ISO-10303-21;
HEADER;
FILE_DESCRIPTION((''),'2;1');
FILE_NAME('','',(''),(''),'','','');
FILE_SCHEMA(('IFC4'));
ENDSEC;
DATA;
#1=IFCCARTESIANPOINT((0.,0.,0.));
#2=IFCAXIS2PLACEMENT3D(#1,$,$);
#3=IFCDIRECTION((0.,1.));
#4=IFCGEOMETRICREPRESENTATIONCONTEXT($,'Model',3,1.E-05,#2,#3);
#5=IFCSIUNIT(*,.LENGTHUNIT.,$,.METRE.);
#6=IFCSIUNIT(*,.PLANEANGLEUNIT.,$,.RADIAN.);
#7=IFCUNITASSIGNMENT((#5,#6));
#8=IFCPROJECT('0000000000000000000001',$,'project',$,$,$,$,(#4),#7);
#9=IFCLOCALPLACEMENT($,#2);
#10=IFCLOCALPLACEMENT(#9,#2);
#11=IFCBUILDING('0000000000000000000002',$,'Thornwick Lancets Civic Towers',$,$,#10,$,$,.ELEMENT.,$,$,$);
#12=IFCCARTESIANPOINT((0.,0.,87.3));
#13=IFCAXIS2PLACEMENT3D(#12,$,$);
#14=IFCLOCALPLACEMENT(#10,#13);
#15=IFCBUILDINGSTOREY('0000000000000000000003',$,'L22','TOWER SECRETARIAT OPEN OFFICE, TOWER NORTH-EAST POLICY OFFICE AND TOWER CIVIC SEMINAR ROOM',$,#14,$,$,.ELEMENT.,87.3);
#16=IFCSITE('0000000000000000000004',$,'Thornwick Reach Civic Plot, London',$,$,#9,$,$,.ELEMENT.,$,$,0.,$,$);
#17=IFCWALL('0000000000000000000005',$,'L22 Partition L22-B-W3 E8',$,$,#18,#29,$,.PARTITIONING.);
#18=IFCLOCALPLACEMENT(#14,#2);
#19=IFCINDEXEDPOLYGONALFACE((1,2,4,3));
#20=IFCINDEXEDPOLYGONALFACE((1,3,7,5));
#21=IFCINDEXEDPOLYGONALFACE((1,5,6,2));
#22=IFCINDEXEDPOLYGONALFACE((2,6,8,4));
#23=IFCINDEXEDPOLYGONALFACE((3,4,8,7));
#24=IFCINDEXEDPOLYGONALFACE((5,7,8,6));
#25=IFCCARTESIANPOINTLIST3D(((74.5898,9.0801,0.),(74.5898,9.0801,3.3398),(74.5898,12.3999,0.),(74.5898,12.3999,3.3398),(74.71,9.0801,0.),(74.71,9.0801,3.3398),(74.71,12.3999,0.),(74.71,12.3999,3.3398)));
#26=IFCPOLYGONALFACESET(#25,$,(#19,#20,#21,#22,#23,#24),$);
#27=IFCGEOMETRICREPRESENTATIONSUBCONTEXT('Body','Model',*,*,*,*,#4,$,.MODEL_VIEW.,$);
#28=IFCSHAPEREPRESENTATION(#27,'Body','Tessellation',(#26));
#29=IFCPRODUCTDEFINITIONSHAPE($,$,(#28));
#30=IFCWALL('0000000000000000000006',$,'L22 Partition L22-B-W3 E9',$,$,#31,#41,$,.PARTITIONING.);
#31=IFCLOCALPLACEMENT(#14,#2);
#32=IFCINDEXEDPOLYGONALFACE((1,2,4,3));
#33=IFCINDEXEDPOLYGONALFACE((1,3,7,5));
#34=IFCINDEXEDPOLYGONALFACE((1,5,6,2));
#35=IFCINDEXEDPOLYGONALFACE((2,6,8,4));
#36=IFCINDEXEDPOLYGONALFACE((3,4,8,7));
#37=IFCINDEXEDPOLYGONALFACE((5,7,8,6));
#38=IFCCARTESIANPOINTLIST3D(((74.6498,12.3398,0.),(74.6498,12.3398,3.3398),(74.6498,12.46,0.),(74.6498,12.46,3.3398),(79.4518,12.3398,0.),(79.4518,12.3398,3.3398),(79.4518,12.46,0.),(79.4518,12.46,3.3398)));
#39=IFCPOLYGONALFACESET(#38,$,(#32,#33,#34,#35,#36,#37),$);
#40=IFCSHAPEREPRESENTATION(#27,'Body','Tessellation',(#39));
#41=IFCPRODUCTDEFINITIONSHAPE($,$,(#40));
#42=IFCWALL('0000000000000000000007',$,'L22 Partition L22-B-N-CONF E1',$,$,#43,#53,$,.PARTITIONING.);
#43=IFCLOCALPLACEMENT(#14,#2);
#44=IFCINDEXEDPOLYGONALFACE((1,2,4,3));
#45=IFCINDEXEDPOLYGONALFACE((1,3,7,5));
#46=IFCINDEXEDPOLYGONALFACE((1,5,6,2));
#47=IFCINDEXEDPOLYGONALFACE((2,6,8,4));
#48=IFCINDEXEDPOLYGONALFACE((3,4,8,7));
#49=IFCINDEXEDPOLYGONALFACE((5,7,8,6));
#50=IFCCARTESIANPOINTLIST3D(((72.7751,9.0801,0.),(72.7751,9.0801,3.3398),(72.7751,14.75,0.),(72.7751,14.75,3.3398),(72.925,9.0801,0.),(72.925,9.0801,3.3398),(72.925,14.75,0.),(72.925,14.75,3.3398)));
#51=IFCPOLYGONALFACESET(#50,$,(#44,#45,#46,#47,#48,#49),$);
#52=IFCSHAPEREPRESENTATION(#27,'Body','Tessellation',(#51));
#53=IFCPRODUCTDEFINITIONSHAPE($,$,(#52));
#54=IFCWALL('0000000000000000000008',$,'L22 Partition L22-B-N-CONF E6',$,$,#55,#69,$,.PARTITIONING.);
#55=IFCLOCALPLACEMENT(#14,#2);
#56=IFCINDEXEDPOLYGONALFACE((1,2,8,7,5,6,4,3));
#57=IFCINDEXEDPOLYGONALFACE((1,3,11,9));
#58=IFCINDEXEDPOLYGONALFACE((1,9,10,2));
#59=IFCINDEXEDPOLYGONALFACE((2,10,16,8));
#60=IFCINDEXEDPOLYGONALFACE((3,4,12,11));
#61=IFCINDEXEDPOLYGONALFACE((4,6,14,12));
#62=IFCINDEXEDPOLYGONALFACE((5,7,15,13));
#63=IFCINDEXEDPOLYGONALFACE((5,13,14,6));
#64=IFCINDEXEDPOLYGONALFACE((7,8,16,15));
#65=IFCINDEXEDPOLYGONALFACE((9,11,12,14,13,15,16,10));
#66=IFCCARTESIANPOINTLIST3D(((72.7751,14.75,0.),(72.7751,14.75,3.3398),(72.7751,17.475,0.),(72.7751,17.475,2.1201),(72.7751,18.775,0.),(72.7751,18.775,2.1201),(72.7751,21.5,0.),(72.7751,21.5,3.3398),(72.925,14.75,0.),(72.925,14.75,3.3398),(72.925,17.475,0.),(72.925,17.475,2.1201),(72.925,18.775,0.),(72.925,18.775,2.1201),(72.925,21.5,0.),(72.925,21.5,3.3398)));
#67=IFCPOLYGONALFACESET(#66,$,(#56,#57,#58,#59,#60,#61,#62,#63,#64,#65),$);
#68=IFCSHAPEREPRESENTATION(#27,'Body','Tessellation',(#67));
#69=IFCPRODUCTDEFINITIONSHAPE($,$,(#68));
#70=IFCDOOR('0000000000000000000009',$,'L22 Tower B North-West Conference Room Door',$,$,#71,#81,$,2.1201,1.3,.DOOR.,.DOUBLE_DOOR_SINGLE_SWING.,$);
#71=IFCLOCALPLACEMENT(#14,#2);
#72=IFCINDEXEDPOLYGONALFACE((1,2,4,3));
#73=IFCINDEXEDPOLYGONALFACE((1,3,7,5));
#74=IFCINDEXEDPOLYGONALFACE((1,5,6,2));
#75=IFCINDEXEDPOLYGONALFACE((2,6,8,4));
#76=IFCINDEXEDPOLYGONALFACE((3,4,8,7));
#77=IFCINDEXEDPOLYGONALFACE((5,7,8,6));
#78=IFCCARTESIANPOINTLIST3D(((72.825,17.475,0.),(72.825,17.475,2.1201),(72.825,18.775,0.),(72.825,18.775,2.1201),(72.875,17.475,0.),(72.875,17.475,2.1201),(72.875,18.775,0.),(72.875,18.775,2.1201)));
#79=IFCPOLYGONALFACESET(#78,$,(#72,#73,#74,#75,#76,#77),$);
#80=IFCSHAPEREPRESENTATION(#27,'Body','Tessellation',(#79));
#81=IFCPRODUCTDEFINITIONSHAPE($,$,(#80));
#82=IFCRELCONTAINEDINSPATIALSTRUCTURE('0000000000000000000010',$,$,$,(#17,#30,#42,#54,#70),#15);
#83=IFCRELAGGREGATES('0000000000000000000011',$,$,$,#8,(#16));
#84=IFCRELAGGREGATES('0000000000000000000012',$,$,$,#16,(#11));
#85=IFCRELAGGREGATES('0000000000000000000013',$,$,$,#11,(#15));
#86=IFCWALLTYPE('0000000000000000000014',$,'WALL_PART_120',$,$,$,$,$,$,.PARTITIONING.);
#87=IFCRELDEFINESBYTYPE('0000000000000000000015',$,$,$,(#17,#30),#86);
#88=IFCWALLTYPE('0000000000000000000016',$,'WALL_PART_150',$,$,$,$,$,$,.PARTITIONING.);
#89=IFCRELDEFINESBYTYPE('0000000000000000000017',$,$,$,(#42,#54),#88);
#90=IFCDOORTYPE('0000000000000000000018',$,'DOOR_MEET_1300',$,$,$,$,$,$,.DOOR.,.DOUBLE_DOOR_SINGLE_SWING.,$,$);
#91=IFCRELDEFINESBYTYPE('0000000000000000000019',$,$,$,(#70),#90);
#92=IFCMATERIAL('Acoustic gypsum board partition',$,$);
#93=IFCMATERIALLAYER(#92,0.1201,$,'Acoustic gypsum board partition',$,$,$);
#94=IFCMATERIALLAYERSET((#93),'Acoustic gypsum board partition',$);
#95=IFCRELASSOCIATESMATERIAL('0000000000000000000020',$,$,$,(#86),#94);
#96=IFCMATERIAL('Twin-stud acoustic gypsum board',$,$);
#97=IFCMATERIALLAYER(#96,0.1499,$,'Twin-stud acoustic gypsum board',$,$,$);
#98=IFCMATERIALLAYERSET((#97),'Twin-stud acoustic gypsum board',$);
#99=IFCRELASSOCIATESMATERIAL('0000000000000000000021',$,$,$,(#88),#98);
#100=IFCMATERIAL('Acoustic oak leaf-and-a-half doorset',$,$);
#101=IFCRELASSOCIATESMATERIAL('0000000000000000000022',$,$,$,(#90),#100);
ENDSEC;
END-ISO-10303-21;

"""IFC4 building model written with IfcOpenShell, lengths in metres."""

from ifc_helpers import new_model, si_unit, direction, frame, frame_2d, origin, place, context, subcontext, project, spatial, rectangle, extrude, material, layer, layer_set, type_object, element, fill, save


model = new_model("IFC4")

# Units and contexts
model_context = context("Model", 3, precision=1e-05, world=origin(), true_north=direction((0.0, 1.0)))
body_context = subcontext(model_context, "Body", "Model", "MODEL_VIEW")
ifc_project = project(units=[si_unit("LENGTHUNIT", "METRE"), si_unit("PLANEANGLEUNIT", "RADIAN")], contexts=[model_context])

# Site, building, storey
site_placement = place(None, origin())
site = spatial("IfcSite", under=ifc_project, at=site_placement, Name="Thornwick Reach Civic Plot, London", CompositionType="ELEMENT", RefElevation=0.0)
building_placement = place(site_placement, origin())
building = spatial("IfcBuilding", under=site, at=building_placement, Name="Thornwick Lancets Civic Towers", CompositionType="ELEMENT")
storey_placement = place(building_placement, frame((0.0, 0.0, 87.3)))
storey = spatial("IfcBuildingStorey", under=building, at=storey_placement, Name="L22", Description="TOWER SECRETARIAT OPEN OFFICE, TOWER NORTH-EAST POLICY OFFICE AND TOWER CIVIC SEMINAR ROOM", CompositionType="ELEMENT", Elevation=87.3)

# Walls
ifc_material_1 = material(Name="Acoustic gypsum board partition")
ifc_layer_1 = layer(ifc_material_1, 0.1201, Name="Acoustic gypsum board partition")
ifc_layer_set_1 = layer_set([ifc_layer_1], Name="Acoustic gypsum board partition")
wall_type_1 = type_object("IfcWallType", Name="WALL_PART_120", PredefinedType="PARTITIONING", material=ifc_layer_set_1)
wall_1_placement = place(storey_placement, frame((74.6499, 9.0801, 0.0), z_axis=(0.0, 0.0, 1.0), x_axis=(0.0, 1.0, 0.0)))
element("IfcWall", 1, at=wall_1_placement, inside=storey, type_object=wall_type_1, Name="L22 Partition L22-B-W3 E8", PredefinedType="PARTITIONING", context=body_context, shape_type="SweptSolid", body=[
    extrude(rectangle(XDim=3.3198, YDim=0.1201, at=frame_2d((1.6599, 0.0))), origin(), (0.0, 0.0, 1.0), 3.3398),
])
wall_2_placement = place(storey_placement, frame((74.6499, 12.3999, 0.0), z_axis=(0.0, 0.0, 1.0), x_axis=(1.0, 0.0, 0.0)))
element("IfcWall", 2, at=wall_2_placement, inside=storey, type_object=wall_type_1, Name="L22 Partition L22-B-W3 E9", PredefinedType="PARTITIONING", context=body_context, shape_type="SweptSolid", body=[
    extrude(rectangle(XDim=4.802, YDim=0.1201, at=frame_2d((2.4009, 0.0))), origin(), (0.0, 0.0, 1.0), 3.3398),
])
ifc_material_2 = material(Name="Twin-stud acoustic gypsum board")
ifc_layer_2 = layer(ifc_material_2, 0.1499, Name="Twin-stud acoustic gypsum board")
ifc_layer_set_2 = layer_set([ifc_layer_2], Name="Twin-stud acoustic gypsum board")
wall_type_2 = type_object("IfcWallType", Name="WALL_PART_150", PredefinedType="PARTITIONING", material=ifc_layer_set_2)
wall_3_placement = place(storey_placement, frame((72.8501, 14.75, 0.0), z_axis=(0.0, 0.0, 1.0), x_axis=(0.0, -1.0, 0.0)))
element("IfcWall", 3, at=wall_3_placement, inside=storey, type_object=wall_type_2, Name="L22 Partition L22-B-N-CONF E1", PredefinedType="PARTITIONING", context=body_context, shape_type="SweptSolid", body=[
    extrude(rectangle(XDim=5.6699, YDim=0.1499, at=frame_2d((2.835, 0.0))), origin(), (0.0, 0.0, 1.0), 3.3398),
])

# Wall, opening, door
wall_4_placement = place(storey_placement, frame((72.8501, 21.5, 0.0), z_axis=(0.0, 0.0, 1.0), x_axis=(0.0, -1.0, 0.0)))
wall_4 = element("IfcWall", 4, at=wall_4_placement, inside=storey, type_object=wall_type_2, Name="L22 Partition L22-B-N-CONF E6", PredefinedType="PARTITIONING", context=body_context, shape_type="SweptSolid", body=[
    extrude(rectangle(XDim=6.75, YDim=0.1499, at=frame_2d((3.375, 0.0))), origin(), (0.0, 0.0, 1.0), 3.3398),
])
opening_placement = place(wall_4_placement, frame((2.7251, 0.0, 0.0)))
opening = element("IfcOpeningElement", 5, at=opening_placement, cuts=wall_4, PredefinedType="OPENING", context=body_context, shape_type="SweptSolid", body=[
    extrude(rectangle(XDim=1.3, YDim=2.1201, at=frame_2d((0.6499, 1.0601))), frame((0.0, 0.085, 0.0), z_axis=(0.0, -1.0, 0.0), x_axis=(1.0, 0.0, 0.0)), (0.0, 0.0, 1.0), 0.1699),
])
ifc_material_3 = material(Name="Acoustic oak leaf-and-a-half doorset")
door_type = type_object("IfcDoorType", Name="DOOR_MEET_1300", OperationType="DOUBLE_DOOR_SINGLE_SWING", PredefinedType="DOOR", material=ifc_material_3)
door_placement = place(opening_placement, origin())
door = element("IfcDoor", 6, at=door_placement, inside=storey, type_object=door_type, Name="L22 Tower B North-West Conference Room Door", OperationType="DOUBLE_DOOR_SINGLE_SWING", OverallHeight=2.1201, OverallWidth=1.3, PredefinedType="DOOR", context=body_context, shape_type="SweptSolid", body=[
    extrude(rectangle(XDim=1.3, YDim=2.1201, at=frame_2d((0.6499, 1.0601))), frame((0.0, 0.0249, 0.0), z_axis=(0.0, -1.0, 0.0), x_axis=(1.0, 0.0, 0.0)), (0.0, 0.0, 1.0), 0.05),
])
fill(opening, door)

save(model, "model.ifc")
